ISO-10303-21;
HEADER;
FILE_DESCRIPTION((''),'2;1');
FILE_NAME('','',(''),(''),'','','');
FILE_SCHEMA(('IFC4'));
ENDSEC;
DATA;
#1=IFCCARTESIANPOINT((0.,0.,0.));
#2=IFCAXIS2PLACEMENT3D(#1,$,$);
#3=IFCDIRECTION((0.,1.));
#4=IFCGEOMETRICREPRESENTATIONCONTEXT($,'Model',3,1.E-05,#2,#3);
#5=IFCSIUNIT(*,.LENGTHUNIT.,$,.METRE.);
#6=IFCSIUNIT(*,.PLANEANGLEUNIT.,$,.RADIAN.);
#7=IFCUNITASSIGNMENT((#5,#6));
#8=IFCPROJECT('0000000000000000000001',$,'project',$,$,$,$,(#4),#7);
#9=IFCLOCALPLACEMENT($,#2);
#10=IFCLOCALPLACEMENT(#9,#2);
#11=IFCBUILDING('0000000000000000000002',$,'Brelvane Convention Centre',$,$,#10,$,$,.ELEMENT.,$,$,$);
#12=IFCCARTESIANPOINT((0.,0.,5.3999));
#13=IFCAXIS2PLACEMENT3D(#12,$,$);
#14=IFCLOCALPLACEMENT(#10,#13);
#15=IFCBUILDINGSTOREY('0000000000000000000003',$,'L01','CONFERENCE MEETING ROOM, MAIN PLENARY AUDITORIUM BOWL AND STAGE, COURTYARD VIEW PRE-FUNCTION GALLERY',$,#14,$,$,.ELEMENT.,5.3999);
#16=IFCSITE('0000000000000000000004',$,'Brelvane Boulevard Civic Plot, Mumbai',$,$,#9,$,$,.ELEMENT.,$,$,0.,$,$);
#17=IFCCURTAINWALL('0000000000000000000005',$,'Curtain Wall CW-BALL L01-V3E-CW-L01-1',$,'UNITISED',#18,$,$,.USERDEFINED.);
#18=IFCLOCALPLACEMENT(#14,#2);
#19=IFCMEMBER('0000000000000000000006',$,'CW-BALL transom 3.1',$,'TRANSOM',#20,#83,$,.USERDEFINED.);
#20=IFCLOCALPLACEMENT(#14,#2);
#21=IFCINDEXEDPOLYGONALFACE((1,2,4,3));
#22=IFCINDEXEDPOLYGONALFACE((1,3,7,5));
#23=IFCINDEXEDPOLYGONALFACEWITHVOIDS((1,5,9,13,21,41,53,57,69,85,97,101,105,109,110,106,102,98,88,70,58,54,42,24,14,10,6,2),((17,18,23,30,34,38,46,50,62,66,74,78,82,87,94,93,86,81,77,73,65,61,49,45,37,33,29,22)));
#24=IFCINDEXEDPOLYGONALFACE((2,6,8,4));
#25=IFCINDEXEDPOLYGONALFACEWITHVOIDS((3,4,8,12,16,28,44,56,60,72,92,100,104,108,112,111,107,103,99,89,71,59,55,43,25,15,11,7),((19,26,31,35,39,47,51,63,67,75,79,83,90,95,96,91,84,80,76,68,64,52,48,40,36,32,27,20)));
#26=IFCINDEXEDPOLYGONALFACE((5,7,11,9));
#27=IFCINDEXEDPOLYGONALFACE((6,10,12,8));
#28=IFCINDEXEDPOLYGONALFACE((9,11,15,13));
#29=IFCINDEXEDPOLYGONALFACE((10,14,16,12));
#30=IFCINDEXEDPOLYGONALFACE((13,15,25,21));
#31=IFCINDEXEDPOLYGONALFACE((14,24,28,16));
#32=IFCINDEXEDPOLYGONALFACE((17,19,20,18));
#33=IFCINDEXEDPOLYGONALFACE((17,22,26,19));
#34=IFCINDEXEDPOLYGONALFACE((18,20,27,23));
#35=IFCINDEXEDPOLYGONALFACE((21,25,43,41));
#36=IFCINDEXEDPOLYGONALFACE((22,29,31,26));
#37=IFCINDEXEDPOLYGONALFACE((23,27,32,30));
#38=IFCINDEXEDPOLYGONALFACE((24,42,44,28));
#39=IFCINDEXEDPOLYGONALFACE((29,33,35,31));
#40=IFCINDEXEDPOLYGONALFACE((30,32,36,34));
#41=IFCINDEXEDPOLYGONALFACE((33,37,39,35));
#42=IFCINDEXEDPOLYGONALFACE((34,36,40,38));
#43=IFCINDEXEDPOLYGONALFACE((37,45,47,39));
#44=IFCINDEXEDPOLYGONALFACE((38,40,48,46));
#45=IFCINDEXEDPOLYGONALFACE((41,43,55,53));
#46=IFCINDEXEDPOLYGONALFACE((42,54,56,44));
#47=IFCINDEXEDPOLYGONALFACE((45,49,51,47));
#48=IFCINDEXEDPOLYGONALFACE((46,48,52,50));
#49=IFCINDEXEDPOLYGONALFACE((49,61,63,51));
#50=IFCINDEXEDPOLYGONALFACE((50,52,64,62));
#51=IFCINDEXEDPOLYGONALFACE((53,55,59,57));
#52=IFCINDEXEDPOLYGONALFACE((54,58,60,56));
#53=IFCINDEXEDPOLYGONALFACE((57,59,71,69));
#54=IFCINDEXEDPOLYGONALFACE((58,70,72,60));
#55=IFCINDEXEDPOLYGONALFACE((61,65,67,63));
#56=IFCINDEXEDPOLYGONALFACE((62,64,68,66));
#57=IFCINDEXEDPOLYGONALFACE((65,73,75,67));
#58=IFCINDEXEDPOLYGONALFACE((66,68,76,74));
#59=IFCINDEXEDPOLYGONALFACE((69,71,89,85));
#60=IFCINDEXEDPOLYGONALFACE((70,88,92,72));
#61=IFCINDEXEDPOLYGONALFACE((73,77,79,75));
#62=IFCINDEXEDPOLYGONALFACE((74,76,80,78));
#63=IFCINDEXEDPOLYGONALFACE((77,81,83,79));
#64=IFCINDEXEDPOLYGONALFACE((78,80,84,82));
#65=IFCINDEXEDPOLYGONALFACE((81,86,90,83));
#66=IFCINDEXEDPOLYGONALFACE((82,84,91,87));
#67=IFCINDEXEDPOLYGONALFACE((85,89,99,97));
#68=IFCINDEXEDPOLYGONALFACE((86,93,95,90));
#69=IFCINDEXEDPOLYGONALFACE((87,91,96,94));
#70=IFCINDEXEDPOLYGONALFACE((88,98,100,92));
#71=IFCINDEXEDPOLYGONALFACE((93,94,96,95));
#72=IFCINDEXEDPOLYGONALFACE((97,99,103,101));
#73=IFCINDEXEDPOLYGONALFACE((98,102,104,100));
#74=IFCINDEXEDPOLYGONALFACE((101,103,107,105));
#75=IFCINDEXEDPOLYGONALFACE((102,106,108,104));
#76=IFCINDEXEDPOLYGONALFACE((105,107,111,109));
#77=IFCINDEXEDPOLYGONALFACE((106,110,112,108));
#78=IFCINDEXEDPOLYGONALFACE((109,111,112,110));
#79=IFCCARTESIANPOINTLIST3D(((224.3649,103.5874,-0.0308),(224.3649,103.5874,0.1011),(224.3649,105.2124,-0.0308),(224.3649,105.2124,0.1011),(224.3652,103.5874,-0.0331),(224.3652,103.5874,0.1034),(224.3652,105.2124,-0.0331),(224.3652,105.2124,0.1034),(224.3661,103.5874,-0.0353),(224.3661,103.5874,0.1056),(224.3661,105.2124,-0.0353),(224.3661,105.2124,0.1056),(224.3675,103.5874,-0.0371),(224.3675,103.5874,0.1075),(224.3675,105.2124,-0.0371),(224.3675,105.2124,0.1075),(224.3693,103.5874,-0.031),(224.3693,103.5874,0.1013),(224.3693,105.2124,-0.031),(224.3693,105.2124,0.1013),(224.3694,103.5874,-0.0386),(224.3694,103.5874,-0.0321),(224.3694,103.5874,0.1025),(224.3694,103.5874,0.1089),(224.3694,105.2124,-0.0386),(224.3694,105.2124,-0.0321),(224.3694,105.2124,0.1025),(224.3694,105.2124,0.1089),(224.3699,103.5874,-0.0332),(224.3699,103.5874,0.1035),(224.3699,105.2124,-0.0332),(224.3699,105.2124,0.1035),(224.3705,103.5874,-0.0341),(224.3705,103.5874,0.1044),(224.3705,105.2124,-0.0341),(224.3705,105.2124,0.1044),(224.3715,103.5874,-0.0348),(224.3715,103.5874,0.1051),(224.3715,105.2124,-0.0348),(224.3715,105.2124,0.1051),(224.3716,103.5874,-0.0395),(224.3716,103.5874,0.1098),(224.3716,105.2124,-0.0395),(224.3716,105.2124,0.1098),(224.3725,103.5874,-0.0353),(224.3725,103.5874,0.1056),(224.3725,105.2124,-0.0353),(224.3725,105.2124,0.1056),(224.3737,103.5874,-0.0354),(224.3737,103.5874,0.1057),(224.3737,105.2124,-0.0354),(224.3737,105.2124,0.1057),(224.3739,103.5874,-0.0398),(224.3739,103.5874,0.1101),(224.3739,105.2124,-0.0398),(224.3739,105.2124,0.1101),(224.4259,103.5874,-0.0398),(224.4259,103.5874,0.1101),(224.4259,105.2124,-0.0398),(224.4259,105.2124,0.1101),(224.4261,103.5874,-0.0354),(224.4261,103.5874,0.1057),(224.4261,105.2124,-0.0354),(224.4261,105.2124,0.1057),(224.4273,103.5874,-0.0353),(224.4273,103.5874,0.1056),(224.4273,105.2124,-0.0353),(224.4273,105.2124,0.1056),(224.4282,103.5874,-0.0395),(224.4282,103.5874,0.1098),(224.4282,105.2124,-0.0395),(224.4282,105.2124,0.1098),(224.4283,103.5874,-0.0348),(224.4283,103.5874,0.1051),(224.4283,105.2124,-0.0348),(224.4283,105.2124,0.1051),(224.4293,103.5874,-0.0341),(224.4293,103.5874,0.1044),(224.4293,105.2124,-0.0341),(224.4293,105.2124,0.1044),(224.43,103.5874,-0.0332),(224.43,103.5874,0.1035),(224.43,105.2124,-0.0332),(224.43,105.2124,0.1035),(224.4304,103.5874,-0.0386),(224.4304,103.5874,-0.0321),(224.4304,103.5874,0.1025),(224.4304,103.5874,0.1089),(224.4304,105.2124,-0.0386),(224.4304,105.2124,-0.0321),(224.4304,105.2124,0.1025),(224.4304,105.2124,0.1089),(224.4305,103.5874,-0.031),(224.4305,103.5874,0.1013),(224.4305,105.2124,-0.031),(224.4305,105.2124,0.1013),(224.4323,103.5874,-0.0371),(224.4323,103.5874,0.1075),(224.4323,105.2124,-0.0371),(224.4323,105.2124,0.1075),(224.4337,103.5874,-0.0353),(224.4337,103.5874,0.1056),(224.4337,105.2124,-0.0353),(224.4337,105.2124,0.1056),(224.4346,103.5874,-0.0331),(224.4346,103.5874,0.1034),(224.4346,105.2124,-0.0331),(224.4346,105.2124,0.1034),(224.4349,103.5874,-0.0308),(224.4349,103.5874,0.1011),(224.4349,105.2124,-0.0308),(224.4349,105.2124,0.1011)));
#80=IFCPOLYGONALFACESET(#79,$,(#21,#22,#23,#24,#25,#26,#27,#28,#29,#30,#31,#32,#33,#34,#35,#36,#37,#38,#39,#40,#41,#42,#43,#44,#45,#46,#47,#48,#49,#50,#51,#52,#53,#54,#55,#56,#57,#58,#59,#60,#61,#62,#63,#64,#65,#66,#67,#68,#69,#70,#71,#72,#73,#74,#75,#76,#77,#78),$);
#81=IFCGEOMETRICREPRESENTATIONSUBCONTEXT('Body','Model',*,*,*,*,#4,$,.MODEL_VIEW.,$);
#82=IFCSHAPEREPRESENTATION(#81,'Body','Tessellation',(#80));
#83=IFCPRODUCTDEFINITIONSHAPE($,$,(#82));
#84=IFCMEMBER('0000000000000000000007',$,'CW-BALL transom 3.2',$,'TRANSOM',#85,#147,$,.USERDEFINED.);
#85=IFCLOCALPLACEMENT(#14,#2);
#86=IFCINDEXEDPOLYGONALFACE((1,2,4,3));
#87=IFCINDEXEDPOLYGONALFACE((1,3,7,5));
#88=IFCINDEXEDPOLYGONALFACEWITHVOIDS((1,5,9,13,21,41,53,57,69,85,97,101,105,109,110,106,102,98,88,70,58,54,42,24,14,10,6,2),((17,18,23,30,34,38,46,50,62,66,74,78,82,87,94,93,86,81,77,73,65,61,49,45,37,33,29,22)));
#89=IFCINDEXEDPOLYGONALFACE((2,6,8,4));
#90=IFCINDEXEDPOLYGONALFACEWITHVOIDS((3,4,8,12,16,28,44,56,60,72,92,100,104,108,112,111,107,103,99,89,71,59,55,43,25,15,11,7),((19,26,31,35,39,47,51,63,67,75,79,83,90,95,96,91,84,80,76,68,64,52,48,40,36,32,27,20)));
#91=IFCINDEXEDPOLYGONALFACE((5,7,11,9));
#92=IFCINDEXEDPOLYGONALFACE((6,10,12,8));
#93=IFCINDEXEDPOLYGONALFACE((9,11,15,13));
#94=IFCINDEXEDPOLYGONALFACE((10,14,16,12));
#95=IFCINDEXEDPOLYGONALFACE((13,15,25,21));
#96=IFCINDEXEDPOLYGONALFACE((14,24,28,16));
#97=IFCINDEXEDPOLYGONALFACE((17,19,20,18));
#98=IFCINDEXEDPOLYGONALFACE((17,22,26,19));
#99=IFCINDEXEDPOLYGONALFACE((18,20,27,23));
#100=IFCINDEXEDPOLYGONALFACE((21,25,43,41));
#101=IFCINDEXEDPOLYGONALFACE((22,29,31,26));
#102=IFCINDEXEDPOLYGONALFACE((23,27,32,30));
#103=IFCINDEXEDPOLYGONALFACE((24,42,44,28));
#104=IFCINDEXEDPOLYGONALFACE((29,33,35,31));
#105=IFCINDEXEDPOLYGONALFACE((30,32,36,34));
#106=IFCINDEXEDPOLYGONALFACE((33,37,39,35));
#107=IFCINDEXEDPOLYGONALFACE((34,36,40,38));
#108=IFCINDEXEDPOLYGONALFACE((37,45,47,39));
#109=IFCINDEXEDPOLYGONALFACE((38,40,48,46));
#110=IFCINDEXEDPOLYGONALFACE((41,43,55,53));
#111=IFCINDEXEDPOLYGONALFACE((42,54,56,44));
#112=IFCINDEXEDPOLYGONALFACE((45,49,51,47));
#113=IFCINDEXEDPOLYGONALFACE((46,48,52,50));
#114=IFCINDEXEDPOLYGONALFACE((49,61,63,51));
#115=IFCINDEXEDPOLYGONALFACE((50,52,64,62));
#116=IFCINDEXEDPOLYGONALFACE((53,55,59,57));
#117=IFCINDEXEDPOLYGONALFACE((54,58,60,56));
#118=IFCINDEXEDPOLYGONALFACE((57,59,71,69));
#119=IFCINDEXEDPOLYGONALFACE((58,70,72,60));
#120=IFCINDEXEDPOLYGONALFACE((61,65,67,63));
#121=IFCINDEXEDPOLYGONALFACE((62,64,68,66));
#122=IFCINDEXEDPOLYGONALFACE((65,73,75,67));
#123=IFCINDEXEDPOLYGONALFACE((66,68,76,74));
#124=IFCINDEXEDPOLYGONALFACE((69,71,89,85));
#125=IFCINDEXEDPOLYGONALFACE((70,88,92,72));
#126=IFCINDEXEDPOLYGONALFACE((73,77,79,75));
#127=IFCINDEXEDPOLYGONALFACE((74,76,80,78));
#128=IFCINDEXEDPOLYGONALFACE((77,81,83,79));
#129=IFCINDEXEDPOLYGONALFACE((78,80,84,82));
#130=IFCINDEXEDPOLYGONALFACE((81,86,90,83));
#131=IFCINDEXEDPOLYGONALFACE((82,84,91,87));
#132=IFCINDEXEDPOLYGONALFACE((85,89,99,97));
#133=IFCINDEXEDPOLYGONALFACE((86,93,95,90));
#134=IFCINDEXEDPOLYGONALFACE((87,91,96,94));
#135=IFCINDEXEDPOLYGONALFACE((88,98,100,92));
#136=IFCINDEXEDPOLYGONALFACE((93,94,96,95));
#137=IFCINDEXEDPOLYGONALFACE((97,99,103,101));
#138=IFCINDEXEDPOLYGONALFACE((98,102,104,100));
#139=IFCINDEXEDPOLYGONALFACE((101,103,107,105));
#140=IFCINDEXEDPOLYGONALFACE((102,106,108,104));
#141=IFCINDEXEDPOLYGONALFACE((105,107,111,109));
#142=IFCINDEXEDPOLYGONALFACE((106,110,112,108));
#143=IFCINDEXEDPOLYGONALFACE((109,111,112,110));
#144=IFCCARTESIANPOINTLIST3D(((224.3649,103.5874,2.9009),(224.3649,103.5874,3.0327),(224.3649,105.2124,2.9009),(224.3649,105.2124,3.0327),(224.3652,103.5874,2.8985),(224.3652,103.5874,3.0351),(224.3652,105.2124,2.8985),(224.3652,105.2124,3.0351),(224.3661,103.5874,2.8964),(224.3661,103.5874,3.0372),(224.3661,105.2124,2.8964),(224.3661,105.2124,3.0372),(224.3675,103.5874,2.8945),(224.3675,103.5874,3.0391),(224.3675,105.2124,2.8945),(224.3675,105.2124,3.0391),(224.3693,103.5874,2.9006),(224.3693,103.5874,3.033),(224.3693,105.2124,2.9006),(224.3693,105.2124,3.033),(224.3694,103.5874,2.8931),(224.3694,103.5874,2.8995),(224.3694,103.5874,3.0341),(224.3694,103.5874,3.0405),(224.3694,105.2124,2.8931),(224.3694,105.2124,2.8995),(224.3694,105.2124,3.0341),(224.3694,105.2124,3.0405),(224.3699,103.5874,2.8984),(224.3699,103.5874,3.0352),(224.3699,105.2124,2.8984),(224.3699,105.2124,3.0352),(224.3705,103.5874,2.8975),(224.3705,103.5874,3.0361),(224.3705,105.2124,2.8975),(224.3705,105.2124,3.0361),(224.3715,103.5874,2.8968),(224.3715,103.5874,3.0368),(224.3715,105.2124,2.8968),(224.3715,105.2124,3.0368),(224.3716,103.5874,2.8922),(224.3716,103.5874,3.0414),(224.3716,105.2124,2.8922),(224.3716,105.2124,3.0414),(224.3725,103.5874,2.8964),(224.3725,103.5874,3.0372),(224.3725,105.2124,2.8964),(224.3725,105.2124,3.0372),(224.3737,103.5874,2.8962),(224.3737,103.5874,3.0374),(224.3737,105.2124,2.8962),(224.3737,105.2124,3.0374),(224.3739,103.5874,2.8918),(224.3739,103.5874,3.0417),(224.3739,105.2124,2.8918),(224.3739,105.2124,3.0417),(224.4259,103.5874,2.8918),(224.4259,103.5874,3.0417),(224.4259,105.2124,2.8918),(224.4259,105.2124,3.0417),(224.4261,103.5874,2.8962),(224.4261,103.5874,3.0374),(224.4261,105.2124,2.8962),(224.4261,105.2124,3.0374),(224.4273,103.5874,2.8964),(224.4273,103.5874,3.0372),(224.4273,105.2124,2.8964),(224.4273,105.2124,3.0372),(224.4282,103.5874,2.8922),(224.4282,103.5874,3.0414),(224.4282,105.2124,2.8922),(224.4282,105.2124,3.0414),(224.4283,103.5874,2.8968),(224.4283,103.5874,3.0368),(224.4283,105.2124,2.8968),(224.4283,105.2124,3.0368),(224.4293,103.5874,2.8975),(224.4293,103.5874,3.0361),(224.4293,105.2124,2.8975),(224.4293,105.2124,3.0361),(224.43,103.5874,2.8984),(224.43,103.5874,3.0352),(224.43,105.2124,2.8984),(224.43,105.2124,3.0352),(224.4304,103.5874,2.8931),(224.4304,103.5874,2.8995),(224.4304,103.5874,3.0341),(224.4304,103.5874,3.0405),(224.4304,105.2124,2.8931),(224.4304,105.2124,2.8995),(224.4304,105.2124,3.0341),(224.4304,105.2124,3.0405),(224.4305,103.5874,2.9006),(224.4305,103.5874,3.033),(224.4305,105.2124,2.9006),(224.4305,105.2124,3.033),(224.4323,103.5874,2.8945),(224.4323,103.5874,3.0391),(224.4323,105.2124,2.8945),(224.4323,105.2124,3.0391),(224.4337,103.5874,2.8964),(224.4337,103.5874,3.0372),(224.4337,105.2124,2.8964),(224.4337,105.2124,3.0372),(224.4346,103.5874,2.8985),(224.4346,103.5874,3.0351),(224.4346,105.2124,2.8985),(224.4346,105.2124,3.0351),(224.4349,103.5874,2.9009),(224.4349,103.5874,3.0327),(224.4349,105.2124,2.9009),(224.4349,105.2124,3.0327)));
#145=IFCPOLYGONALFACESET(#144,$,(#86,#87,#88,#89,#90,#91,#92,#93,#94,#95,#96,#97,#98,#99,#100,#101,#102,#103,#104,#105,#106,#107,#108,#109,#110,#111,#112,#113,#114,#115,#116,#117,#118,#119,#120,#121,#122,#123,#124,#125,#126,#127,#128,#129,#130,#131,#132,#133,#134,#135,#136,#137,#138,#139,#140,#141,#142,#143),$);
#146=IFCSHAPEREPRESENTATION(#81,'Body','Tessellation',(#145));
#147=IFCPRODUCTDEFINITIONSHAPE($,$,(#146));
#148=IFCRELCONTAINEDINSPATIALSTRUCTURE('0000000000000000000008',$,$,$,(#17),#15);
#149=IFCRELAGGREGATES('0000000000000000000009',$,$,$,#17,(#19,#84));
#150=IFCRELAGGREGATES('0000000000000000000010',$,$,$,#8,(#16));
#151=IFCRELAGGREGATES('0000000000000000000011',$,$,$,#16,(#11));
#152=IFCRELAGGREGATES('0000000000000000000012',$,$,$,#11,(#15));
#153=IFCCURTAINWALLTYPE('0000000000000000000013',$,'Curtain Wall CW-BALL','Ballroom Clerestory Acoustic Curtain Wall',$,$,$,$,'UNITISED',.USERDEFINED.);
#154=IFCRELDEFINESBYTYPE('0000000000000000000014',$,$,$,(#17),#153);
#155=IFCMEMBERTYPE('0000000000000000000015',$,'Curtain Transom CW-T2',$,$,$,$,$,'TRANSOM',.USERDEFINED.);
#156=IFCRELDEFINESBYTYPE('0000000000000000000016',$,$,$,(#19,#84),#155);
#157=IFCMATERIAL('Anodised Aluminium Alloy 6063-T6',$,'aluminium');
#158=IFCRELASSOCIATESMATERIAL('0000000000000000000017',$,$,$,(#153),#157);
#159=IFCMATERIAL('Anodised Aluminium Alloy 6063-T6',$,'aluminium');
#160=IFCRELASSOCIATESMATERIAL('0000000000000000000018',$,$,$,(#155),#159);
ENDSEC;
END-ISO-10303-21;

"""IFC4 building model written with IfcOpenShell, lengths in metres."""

from ifc_helpers import new_model, si_unit, direction, frame, origin, origin_2d, place, context, subcontext, project, spatial, hollow_rectangle, extrude, material, material_profile, profile_set, type_object, element, aggregate, save


model = new_model("IFC4")

# Units and contexts
model_context = context("Model", 3, precision=1e-05, world=origin(), true_north=direction((0.0, 1.0)))
body_context = subcontext(model_context, "Body", "Model", "MODEL_VIEW")
ifc_project = project(units=[si_unit("LENGTHUNIT", "METRE"), si_unit("PLANEANGLEUNIT", "RADIAN")], contexts=[model_context])

# Site, building, storey
site_placement = place(None, origin())
site = spatial("IfcSite", under=ifc_project, at=site_placement, Name="Brelvane Boulevard Civic Plot, Mumbai", CompositionType="ELEMENT", RefElevation=0.0)
building_placement = place(site_placement, origin())
building = spatial("IfcBuilding", under=site, at=building_placement, Name="Brelvane Convention Centre", CompositionType="ELEMENT")
storey_placement = place(building_placement, frame((0.0, 0.0, 5.3999)))
storey = spatial("IfcBuildingStorey", under=building, at=storey_placement, Name="L01", Description="CONFERENCE MEETING ROOM, MAIN PLENARY AUDITORIUM BOWL AND STAGE, COURTYARD VIEW PRE-FUNCTION GALLERY", CompositionType="ELEMENT", Elevation=5.3999)

# Curtain wall, members
ifc_material_1 = material(Name="Anodised Aluminium Alloy 6063-T6", Category="aluminium")
curtain_wall_type = type_object("IfcCurtainWallType", Name="Curtain Wall CW-BALL", Description="Ballroom Clerestory Acoustic Curtain Wall", ElementType="UNITISED", PredefinedType="USERDEFINED", material=ifc_material_1)
curtain_wall_placement = place(storey_placement, origin())
curtain_wall = element("IfcCurtainWall", 1, at=curtain_wall_placement, inside=storey, type_object=curtain_wall_type, Name="Curtain Wall CW-BALL L01-V3E-CW-L01-1", ObjectType="UNITISED", PredefinedType="USERDEFINED")
ifc_material_2 = material(Name="Anodised Aluminium Alloy 6063-T6", Category="aluminium")
ifc_material_profile_1 = material_profile(ifc_material_2, hollow_rectangle(XDim=0.0701, YDim=0.1499, WallThickness=0.0044, InnerFilletRadius=0.0044, OuterFilletRadius=0.009, at=origin_2d()), Name="ALU-T 150x70x4.5")
ifc_profile_set_1 = profile_set([ifc_material_profile_1], Name="Anodised Aluminium Alloy 6063-T6")
member_type_1 = type_object("IfcMemberType", Name="Curtain Transom CW-T2", ElementType="TRANSOM", PredefinedType="USERDEFINED", material=ifc_profile_set_1)
member_1_placement = place(storey_placement, frame((224.3999, 103.5874, 0.0352), z_axis=(0.0, 1.0, 0.0), x_axis=(-1.0, 0.0, 0.0)))
member_1 = element("IfcMember", 2, at=member_1_placement, type_object=member_type_1, Name="CW-BALL transom 3.1", ObjectType="TRANSOM", PredefinedType="USERDEFINED", context=body_context, shape_type="SweptSolid", body=[
    extrude(hollow_rectangle(XDim=0.0701, YDim=0.1499, WallThickness=0.0044, InnerFilletRadius=0.0044, OuterFilletRadius=0.009, at=origin_2d()), origin(), (0.0, 0.0, 1.0), 1.625),
])
member_2_placement = place(storey_placement, frame((224.3999, 103.5874, 2.9668), z_axis=(0.0, 1.0, 0.0), x_axis=(-1.0, 0.0, 0.0)))
member_2 = element("IfcMember", 3, at=member_2_placement, type_object=member_type_1, Name="CW-BALL transom 3.2", ObjectType="TRANSOM", PredefinedType="USERDEFINED", context=body_context, shape_type="SweptSolid", body=[
    extrude(hollow_rectangle(XDim=0.0701, YDim=0.1499, WallThickness=0.0044, InnerFilletRadius=0.0044, OuterFilletRadius=0.009, at=origin_2d()), origin(), (0.0, 0.0, 1.0), 1.625),
])

aggregate(curtain_wall, [member_1, member_2])

save(model, "model.ifc")
